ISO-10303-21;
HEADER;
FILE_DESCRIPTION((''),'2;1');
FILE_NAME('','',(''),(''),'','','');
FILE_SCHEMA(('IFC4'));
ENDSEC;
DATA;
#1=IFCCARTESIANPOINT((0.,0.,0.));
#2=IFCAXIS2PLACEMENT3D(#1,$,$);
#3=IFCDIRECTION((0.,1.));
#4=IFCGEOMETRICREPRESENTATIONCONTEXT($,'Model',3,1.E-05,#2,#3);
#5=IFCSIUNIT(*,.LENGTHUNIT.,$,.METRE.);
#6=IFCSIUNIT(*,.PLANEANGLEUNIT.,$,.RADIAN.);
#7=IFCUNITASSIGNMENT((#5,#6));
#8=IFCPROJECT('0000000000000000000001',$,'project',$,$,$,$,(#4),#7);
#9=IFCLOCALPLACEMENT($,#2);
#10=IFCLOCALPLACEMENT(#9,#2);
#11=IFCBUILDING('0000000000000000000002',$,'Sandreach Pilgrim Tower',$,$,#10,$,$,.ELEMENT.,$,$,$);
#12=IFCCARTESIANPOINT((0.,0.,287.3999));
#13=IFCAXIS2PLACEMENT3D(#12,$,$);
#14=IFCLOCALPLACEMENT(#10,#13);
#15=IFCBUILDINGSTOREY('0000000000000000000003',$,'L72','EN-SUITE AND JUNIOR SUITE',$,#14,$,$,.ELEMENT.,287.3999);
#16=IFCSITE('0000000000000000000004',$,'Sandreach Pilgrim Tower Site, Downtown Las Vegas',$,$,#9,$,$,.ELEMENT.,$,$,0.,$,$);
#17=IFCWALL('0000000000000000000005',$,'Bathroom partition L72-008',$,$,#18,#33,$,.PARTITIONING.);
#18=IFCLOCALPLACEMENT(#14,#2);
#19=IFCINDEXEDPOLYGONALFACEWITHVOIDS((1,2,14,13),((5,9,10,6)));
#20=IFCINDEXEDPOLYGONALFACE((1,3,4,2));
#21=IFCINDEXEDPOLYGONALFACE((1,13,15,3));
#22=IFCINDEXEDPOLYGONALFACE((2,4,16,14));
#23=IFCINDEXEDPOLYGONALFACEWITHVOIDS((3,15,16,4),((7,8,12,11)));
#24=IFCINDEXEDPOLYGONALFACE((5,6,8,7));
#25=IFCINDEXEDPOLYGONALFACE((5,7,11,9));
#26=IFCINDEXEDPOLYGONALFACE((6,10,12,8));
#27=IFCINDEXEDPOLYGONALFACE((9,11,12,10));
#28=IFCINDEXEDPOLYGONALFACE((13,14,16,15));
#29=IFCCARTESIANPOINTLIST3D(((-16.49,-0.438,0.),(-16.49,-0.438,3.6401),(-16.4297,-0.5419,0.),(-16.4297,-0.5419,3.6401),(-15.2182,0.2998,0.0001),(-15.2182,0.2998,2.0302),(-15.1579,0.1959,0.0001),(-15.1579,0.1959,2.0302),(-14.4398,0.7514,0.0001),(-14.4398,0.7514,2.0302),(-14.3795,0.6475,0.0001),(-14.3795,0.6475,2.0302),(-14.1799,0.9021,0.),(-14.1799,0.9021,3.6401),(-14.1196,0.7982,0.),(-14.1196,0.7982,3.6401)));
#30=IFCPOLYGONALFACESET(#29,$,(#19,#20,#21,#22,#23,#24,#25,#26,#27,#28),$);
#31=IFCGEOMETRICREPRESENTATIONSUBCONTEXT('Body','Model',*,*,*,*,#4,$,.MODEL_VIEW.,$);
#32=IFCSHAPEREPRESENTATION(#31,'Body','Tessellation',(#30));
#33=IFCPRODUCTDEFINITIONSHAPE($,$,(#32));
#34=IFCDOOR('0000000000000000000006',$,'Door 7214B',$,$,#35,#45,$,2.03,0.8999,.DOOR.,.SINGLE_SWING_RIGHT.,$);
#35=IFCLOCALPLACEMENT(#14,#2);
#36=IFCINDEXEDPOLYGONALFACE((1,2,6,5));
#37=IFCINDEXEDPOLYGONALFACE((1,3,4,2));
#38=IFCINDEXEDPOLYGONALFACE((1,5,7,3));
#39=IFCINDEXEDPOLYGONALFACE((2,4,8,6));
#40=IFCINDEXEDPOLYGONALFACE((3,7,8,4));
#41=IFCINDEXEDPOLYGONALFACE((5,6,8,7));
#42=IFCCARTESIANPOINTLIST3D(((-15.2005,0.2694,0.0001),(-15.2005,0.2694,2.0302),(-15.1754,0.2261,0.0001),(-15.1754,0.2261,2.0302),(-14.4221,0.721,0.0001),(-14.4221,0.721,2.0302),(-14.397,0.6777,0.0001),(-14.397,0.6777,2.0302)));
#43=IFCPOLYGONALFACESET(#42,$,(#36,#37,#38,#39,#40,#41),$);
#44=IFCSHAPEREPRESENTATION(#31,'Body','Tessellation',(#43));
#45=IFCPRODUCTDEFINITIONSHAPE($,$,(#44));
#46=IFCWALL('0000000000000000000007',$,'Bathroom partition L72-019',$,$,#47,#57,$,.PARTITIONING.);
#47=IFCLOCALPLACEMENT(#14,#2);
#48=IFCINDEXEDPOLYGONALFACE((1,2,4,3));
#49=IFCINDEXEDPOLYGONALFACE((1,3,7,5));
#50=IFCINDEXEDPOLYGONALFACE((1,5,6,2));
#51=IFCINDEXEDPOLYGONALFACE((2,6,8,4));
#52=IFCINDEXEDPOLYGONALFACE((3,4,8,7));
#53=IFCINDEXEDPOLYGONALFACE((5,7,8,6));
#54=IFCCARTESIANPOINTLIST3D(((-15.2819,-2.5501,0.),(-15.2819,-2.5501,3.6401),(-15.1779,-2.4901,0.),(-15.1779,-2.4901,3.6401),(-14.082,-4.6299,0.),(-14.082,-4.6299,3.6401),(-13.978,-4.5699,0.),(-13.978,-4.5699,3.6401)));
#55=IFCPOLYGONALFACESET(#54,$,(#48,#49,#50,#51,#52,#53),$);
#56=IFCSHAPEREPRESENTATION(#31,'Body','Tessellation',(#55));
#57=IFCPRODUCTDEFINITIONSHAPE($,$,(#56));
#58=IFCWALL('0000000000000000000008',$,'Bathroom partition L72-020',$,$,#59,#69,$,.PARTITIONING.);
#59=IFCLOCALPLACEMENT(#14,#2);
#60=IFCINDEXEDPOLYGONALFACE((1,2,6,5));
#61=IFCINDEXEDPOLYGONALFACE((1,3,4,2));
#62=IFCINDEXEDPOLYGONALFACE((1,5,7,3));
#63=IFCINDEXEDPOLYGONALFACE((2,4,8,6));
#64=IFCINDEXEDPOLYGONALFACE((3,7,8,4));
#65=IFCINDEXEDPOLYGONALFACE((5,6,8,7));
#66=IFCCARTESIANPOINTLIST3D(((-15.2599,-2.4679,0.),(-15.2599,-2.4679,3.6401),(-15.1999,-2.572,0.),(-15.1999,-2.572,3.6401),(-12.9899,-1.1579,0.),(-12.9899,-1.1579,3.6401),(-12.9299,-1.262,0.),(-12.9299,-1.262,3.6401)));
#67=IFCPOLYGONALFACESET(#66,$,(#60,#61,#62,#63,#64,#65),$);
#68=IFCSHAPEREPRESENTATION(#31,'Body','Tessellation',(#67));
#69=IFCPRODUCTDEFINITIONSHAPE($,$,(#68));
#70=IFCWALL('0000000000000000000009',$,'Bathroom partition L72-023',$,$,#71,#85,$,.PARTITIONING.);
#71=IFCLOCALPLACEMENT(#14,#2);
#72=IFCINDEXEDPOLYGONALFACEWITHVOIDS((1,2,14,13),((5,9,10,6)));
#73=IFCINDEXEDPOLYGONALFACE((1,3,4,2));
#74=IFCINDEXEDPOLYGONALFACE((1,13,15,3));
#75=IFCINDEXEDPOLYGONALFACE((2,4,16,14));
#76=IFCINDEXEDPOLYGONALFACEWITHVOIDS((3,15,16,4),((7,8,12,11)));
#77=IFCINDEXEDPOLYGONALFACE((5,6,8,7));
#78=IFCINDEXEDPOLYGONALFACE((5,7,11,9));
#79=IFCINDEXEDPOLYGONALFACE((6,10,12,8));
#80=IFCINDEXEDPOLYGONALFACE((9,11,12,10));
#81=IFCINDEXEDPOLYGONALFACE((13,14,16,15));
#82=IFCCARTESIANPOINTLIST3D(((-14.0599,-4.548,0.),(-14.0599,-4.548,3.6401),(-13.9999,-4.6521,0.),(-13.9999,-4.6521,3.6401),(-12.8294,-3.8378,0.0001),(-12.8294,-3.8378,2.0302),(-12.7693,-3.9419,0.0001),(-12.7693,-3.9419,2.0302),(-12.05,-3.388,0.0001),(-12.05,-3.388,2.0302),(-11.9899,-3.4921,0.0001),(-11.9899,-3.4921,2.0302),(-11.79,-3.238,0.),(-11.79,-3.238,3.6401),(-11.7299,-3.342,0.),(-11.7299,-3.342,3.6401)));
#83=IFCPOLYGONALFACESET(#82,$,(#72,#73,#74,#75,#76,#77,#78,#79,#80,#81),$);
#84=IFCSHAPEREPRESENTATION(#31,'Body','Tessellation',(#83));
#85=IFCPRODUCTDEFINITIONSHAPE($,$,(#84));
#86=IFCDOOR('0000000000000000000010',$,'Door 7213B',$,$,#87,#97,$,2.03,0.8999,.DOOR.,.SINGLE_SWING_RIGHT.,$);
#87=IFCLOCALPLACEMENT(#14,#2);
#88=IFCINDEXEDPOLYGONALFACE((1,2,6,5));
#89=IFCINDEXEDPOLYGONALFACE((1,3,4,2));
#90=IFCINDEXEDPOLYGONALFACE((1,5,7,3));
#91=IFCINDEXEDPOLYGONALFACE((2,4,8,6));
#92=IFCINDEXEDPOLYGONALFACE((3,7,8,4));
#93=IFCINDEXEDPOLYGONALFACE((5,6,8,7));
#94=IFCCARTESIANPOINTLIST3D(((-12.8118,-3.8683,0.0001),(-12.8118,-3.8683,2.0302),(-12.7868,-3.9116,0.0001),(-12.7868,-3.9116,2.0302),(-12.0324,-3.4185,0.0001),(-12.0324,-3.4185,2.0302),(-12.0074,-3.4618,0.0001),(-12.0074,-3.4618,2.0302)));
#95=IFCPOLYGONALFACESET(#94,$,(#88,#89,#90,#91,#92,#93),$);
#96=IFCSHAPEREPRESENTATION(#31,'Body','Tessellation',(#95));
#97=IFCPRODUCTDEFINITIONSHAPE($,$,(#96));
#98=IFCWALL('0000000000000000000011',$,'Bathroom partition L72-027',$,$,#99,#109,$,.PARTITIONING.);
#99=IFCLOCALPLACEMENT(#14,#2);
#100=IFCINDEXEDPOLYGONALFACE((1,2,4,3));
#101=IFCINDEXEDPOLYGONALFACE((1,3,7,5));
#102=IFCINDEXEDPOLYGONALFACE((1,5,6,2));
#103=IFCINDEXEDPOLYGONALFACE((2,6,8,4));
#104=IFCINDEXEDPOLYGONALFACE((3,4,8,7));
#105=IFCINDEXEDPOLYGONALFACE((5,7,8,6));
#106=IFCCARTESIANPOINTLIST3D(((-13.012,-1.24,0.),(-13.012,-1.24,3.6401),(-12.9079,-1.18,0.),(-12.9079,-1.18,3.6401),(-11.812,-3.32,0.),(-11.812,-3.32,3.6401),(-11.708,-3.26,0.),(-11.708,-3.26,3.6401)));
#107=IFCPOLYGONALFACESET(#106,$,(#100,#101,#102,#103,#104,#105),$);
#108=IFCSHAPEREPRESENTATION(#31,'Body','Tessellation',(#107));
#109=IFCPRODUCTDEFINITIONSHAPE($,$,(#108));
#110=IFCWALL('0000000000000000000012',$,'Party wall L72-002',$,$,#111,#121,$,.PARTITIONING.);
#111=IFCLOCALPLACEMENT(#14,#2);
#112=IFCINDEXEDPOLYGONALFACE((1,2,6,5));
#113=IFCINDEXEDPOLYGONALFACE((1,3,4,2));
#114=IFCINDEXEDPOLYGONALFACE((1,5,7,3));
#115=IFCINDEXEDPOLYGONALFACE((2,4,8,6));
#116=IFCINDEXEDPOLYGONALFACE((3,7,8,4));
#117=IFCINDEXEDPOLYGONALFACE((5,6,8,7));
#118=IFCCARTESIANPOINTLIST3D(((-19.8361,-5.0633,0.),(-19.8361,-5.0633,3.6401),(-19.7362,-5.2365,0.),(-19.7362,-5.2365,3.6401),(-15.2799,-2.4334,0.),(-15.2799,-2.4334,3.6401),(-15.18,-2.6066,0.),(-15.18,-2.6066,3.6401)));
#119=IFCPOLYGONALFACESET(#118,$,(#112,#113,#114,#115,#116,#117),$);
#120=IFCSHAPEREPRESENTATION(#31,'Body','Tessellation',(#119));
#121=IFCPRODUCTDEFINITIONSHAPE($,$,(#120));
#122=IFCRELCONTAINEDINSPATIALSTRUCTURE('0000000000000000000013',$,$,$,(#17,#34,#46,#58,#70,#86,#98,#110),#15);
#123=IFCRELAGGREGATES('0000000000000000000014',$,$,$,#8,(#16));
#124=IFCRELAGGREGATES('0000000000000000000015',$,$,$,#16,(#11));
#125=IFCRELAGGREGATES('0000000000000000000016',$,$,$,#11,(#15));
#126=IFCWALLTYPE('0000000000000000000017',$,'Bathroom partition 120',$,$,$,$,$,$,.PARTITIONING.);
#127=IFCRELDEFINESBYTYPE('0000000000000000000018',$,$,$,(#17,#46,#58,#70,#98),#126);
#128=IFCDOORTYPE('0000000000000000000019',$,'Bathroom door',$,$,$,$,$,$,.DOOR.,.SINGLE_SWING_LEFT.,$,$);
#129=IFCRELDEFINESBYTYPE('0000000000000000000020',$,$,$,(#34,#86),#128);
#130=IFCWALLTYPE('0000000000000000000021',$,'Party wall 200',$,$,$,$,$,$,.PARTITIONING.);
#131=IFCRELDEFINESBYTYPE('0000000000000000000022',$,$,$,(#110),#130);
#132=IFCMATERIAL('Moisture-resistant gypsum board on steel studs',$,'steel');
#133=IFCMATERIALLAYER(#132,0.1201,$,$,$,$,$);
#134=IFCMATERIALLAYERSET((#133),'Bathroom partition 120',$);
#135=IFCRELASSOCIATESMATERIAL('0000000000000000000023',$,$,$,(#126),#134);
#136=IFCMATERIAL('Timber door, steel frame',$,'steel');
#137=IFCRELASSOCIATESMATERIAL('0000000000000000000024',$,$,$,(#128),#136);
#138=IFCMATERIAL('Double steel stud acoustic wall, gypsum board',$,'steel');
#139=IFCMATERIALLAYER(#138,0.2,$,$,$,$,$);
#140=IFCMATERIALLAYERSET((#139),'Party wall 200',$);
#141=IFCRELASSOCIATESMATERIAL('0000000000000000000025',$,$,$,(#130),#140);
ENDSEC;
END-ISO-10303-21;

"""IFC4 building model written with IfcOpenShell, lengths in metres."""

from ifc_helpers import new_model, si_unit, direction, frame, frame_2d, origin, place, context, subcontext, project, spatial, rectangle, extrude, material, layer, layer_set, type_object, element, fill, save


model = new_model("IFC4")

# Units and contexts
model_context = context("Model", 3, precision=1e-05, world=origin(), true_north=direction((0.0, 1.0)))
body_context = subcontext(model_context, "Body", "Model", "MODEL_VIEW")
ifc_project = project(units=[si_unit("LENGTHUNIT", "METRE"), si_unit("PLANEANGLEUNIT", "RADIAN")], contexts=[model_context])

# Site, building, storey
site_placement = place(None, origin())
site = spatial("IfcSite", under=ifc_project, at=site_placement, Name="Sandreach Pilgrim Tower Site, Downtown Las Vegas", CompositionType="ELEMENT", RefElevation=0.0)
building_placement = place(site_placement, origin())
building = spatial("IfcBuilding", under=site, at=building_placement, Name="Sandreach Pilgrim Tower", CompositionType="ELEMENT")
storey_placement = place(building_placement, frame((0.0, 0.0, 287.3999)))
storey = spatial("IfcBuildingStorey", under=building, at=storey_placement, Name="L72", Description="EN-SUITE AND JUNIOR SUITE", CompositionType="ELEMENT", Elevation=287.3999)

# Wall, opening, door
ifc_material_1 = material(Name="Moisture-resistant gypsum board on steel studs", Category="steel")
ifc_layer_1 = layer(ifc_material_1, 0.1201)
ifc_layer_set_1 = layer_set([ifc_layer_1], Name="Bathroom partition 120")
wall_type_1 = type_object("IfcWallType", Name="Bathroom partition 120", PredefinedType="PARTITIONING", material=ifc_layer_set_1)
wall_1_placement = place(storey_placement, frame((-16.46, -0.49, 0.0), z_axis=(0.0, 0.0, 1.0), x_axis=(0.86499, 0.501789, 0.0)))
wall_1 = element("IfcWall", 1, at=wall_1_placement, inside=storey, type_object=wall_type_1, Name="Bathroom partition L72-008", PredefinedType="PARTITIONING", context=body_context, shape_type="SweptSolid", body=[
    extrude(rectangle(XDim=2.6707, YDim=0.1201, at=frame_2d((1.3354, 0.0))), origin(), (0.0, 0.0, 1.0), 3.6401),
])
opening_1_placement = place(wall_1_placement, frame((1.4705, 0.0, 0.0)))
opening_1 = element("IfcOpeningElement", 2, at=opening_1_placement, cuts=wall_1, PredefinedType="OPENING", context=body_context, shape_type="SweptSolid", body=[
    extrude(rectangle(XDim=0.8999, YDim=2.03, at=frame_2d((0.45, 1.0151))), frame((0.0, 0.0601, 0.0), z_axis=(0.0, -1.0, 0.0), x_axis=(1.0, 0.0, 0.0)), (0.0, 0.0, 1.0), 0.1201),
])
ifc_material_2 = material(Name="Timber door, steel frame", Category="steel")
door_type_1 = type_object("IfcDoorType", Name="Bathroom door", OperationType="SINGLE_SWING_LEFT", PredefinedType="DOOR", material=ifc_material_2)
door_1_placement = place(opening_1_placement, origin())
door_1 = element("IfcDoor", 3, at=door_1_placement, inside=storey, type_object=door_type_1, Name="Door 7214B", OperationType="SINGLE_SWING_RIGHT", OverallHeight=2.03, OverallWidth=0.8999, PredefinedType="DOOR", context=body_context, shape_type="SweptSolid", body=[
    extrude(rectangle(XDim=0.8999, YDim=2.03, at=frame_2d((0.45, 1.0151))), frame((0.0, 0.0249, 0.0), z_axis=(0.0, -1.0, 0.0), x_axis=(1.0, 0.0, 0.0)), (0.0, 0.0, 1.0), 0.05),
])
fill(opening_1, door_1)

# Walls
wall_2_placement = place(storey_placement, frame((-15.23, -2.52, 0.0), z_axis=(0.0, 0.0, 1.0), x_axis=(0.499737, -0.866177, 0.0)))
element("IfcWall", 4, at=wall_2_placement, inside=storey, type_object=wall_type_1, Name="Bathroom partition L72-019", PredefinedType="PARTITIONING", context=body_context, shape_type="SweptSolid", body=[
    extrude(rectangle(XDim=2.4011, YDim=0.1201, at=frame_2d((1.2007, 0.0))), origin(), (0.0, 0.0, 1.0), 3.6401),
])
wall_3_placement = place(storey_placement, frame((-15.23, -2.52, 0.0), z_axis=(0.0, 0.0, 1.0), x_axis=(0.866114, 0.499846, 0.0)))
element("IfcWall", 5, at=wall_3_placement, inside=storey, type_object=wall_type_1, Name="Bathroom partition L72-020", PredefinedType="PARTITIONING", context=body_context, shape_type="SweptSolid", body=[
    extrude(rectangle(XDim=2.6208, YDim=0.1201, at=frame_2d((1.3105, 0.0))), origin(), (0.0, 0.0, 1.0), 3.6401),
])

# Wall, opening, door
wall_4_placement = place(storey_placement, frame((-14.03, -4.6001, 0.0), z_axis=(0.0, 0.0, 1.0), x_axis=(0.866114, 0.499846, 0.0)))
wall_4 = element("IfcWall", 6, at=wall_4_placement, inside=storey, type_object=wall_type_1, Name="Bathroom partition L72-023", PredefinedType="PARTITIONING", context=body_context, shape_type="SweptSolid", body=[
    extrude(rectangle(XDim=2.6208, YDim=0.1201, at=frame_2d((1.3105, 0.0))), origin(), (0.0, 0.0, 1.0), 3.6401),
])
opening_2_placement = place(wall_4_placement, frame((1.4209, 0.0, 0.0)))
opening_2 = element("IfcOpeningElement", 7, at=opening_2_placement, cuts=wall_4, PredefinedType="OPENING", context=body_context, shape_type="SweptSolid", body=[
    extrude(rectangle(XDim=0.8999, YDim=2.03, at=frame_2d((0.45, 1.0151))), frame((0.0, 0.0601, 0.0), z_axis=(0.0, -1.0, 0.0), x_axis=(1.0, 0.0, 0.0)), (0.0, 0.0, 1.0), 0.1201),
])
door_2_placement = place(opening_2_placement, origin())
door_2 = element("IfcDoor", 8, at=door_2_placement, inside=storey, type_object=door_type_1, Name="Door 7213B", OperationType="SINGLE_SWING_RIGHT", OverallHeight=2.03, OverallWidth=0.8999, PredefinedType="DOOR", context=body_context, shape_type="SweptSolid", body=[
    extrude(rectangle(XDim=0.8999, YDim=2.03, at=frame_2d((0.45, 1.0151))), frame((0.0, 0.0249, 0.0), z_axis=(0.0, -1.0, 0.0), x_axis=(1.0, 0.0, 0.0)), (0.0, 0.0, 1.0), 0.05),
])
fill(opening_2, door_2)

# Wall
wall_5_placement = place(storey_placement, frame((-12.96, -1.21, 0.0), z_axis=(0.0, 0.0, 1.0), x_axis=(0.499693, -0.866203, 0.0)))
element("IfcWall", 9, at=wall_5_placement, inside=storey, type_object=wall_type_1, Name="Bathroom partition L72-027", PredefinedType="PARTITIONING", context=body_context, shape_type="SweptSolid", body=[
    extrude(rectangle(XDim=2.4014, YDim=0.1201, at=frame_2d((1.2007, 0.0))), origin(), (0.0, 0.0, 1.0), 3.6401),
])

# Wall
ifc_material_3 = material(Name="Double steel stud acoustic wall, gypsum board", Category="steel")
ifc_layer_2 = layer(ifc_material_3, 0.2)
ifc_layer_set_2 = layer_set([ifc_layer_2], Name="Party wall 200")
wall_type_2 = type_object("IfcWallType", Name="Party wall 200", PredefinedType="PARTITIONING", material=ifc_layer_set_2)
wall_6_placement = place(storey_placement, frame((-19.7861, -5.1499, 0.0), z_axis=(0.0, 0.0, 1.0), x_axis=(0.866076, 0.499913, 0.0)))
element("IfcWall", 10, at=wall_6_placement, inside=storey, type_object=wall_type_2, Name="Party wall L72-002", PredefinedType="PARTITIONING", context=body_context, shape_type="SweptSolid", body=[
    extrude(rectangle(XDim=5.2607, YDim=0.2, at=frame_2d((2.6304, 0.0))), origin(), (0.0, 0.0, 1.0), 3.6401),
])

save(model, "model.ifc")
